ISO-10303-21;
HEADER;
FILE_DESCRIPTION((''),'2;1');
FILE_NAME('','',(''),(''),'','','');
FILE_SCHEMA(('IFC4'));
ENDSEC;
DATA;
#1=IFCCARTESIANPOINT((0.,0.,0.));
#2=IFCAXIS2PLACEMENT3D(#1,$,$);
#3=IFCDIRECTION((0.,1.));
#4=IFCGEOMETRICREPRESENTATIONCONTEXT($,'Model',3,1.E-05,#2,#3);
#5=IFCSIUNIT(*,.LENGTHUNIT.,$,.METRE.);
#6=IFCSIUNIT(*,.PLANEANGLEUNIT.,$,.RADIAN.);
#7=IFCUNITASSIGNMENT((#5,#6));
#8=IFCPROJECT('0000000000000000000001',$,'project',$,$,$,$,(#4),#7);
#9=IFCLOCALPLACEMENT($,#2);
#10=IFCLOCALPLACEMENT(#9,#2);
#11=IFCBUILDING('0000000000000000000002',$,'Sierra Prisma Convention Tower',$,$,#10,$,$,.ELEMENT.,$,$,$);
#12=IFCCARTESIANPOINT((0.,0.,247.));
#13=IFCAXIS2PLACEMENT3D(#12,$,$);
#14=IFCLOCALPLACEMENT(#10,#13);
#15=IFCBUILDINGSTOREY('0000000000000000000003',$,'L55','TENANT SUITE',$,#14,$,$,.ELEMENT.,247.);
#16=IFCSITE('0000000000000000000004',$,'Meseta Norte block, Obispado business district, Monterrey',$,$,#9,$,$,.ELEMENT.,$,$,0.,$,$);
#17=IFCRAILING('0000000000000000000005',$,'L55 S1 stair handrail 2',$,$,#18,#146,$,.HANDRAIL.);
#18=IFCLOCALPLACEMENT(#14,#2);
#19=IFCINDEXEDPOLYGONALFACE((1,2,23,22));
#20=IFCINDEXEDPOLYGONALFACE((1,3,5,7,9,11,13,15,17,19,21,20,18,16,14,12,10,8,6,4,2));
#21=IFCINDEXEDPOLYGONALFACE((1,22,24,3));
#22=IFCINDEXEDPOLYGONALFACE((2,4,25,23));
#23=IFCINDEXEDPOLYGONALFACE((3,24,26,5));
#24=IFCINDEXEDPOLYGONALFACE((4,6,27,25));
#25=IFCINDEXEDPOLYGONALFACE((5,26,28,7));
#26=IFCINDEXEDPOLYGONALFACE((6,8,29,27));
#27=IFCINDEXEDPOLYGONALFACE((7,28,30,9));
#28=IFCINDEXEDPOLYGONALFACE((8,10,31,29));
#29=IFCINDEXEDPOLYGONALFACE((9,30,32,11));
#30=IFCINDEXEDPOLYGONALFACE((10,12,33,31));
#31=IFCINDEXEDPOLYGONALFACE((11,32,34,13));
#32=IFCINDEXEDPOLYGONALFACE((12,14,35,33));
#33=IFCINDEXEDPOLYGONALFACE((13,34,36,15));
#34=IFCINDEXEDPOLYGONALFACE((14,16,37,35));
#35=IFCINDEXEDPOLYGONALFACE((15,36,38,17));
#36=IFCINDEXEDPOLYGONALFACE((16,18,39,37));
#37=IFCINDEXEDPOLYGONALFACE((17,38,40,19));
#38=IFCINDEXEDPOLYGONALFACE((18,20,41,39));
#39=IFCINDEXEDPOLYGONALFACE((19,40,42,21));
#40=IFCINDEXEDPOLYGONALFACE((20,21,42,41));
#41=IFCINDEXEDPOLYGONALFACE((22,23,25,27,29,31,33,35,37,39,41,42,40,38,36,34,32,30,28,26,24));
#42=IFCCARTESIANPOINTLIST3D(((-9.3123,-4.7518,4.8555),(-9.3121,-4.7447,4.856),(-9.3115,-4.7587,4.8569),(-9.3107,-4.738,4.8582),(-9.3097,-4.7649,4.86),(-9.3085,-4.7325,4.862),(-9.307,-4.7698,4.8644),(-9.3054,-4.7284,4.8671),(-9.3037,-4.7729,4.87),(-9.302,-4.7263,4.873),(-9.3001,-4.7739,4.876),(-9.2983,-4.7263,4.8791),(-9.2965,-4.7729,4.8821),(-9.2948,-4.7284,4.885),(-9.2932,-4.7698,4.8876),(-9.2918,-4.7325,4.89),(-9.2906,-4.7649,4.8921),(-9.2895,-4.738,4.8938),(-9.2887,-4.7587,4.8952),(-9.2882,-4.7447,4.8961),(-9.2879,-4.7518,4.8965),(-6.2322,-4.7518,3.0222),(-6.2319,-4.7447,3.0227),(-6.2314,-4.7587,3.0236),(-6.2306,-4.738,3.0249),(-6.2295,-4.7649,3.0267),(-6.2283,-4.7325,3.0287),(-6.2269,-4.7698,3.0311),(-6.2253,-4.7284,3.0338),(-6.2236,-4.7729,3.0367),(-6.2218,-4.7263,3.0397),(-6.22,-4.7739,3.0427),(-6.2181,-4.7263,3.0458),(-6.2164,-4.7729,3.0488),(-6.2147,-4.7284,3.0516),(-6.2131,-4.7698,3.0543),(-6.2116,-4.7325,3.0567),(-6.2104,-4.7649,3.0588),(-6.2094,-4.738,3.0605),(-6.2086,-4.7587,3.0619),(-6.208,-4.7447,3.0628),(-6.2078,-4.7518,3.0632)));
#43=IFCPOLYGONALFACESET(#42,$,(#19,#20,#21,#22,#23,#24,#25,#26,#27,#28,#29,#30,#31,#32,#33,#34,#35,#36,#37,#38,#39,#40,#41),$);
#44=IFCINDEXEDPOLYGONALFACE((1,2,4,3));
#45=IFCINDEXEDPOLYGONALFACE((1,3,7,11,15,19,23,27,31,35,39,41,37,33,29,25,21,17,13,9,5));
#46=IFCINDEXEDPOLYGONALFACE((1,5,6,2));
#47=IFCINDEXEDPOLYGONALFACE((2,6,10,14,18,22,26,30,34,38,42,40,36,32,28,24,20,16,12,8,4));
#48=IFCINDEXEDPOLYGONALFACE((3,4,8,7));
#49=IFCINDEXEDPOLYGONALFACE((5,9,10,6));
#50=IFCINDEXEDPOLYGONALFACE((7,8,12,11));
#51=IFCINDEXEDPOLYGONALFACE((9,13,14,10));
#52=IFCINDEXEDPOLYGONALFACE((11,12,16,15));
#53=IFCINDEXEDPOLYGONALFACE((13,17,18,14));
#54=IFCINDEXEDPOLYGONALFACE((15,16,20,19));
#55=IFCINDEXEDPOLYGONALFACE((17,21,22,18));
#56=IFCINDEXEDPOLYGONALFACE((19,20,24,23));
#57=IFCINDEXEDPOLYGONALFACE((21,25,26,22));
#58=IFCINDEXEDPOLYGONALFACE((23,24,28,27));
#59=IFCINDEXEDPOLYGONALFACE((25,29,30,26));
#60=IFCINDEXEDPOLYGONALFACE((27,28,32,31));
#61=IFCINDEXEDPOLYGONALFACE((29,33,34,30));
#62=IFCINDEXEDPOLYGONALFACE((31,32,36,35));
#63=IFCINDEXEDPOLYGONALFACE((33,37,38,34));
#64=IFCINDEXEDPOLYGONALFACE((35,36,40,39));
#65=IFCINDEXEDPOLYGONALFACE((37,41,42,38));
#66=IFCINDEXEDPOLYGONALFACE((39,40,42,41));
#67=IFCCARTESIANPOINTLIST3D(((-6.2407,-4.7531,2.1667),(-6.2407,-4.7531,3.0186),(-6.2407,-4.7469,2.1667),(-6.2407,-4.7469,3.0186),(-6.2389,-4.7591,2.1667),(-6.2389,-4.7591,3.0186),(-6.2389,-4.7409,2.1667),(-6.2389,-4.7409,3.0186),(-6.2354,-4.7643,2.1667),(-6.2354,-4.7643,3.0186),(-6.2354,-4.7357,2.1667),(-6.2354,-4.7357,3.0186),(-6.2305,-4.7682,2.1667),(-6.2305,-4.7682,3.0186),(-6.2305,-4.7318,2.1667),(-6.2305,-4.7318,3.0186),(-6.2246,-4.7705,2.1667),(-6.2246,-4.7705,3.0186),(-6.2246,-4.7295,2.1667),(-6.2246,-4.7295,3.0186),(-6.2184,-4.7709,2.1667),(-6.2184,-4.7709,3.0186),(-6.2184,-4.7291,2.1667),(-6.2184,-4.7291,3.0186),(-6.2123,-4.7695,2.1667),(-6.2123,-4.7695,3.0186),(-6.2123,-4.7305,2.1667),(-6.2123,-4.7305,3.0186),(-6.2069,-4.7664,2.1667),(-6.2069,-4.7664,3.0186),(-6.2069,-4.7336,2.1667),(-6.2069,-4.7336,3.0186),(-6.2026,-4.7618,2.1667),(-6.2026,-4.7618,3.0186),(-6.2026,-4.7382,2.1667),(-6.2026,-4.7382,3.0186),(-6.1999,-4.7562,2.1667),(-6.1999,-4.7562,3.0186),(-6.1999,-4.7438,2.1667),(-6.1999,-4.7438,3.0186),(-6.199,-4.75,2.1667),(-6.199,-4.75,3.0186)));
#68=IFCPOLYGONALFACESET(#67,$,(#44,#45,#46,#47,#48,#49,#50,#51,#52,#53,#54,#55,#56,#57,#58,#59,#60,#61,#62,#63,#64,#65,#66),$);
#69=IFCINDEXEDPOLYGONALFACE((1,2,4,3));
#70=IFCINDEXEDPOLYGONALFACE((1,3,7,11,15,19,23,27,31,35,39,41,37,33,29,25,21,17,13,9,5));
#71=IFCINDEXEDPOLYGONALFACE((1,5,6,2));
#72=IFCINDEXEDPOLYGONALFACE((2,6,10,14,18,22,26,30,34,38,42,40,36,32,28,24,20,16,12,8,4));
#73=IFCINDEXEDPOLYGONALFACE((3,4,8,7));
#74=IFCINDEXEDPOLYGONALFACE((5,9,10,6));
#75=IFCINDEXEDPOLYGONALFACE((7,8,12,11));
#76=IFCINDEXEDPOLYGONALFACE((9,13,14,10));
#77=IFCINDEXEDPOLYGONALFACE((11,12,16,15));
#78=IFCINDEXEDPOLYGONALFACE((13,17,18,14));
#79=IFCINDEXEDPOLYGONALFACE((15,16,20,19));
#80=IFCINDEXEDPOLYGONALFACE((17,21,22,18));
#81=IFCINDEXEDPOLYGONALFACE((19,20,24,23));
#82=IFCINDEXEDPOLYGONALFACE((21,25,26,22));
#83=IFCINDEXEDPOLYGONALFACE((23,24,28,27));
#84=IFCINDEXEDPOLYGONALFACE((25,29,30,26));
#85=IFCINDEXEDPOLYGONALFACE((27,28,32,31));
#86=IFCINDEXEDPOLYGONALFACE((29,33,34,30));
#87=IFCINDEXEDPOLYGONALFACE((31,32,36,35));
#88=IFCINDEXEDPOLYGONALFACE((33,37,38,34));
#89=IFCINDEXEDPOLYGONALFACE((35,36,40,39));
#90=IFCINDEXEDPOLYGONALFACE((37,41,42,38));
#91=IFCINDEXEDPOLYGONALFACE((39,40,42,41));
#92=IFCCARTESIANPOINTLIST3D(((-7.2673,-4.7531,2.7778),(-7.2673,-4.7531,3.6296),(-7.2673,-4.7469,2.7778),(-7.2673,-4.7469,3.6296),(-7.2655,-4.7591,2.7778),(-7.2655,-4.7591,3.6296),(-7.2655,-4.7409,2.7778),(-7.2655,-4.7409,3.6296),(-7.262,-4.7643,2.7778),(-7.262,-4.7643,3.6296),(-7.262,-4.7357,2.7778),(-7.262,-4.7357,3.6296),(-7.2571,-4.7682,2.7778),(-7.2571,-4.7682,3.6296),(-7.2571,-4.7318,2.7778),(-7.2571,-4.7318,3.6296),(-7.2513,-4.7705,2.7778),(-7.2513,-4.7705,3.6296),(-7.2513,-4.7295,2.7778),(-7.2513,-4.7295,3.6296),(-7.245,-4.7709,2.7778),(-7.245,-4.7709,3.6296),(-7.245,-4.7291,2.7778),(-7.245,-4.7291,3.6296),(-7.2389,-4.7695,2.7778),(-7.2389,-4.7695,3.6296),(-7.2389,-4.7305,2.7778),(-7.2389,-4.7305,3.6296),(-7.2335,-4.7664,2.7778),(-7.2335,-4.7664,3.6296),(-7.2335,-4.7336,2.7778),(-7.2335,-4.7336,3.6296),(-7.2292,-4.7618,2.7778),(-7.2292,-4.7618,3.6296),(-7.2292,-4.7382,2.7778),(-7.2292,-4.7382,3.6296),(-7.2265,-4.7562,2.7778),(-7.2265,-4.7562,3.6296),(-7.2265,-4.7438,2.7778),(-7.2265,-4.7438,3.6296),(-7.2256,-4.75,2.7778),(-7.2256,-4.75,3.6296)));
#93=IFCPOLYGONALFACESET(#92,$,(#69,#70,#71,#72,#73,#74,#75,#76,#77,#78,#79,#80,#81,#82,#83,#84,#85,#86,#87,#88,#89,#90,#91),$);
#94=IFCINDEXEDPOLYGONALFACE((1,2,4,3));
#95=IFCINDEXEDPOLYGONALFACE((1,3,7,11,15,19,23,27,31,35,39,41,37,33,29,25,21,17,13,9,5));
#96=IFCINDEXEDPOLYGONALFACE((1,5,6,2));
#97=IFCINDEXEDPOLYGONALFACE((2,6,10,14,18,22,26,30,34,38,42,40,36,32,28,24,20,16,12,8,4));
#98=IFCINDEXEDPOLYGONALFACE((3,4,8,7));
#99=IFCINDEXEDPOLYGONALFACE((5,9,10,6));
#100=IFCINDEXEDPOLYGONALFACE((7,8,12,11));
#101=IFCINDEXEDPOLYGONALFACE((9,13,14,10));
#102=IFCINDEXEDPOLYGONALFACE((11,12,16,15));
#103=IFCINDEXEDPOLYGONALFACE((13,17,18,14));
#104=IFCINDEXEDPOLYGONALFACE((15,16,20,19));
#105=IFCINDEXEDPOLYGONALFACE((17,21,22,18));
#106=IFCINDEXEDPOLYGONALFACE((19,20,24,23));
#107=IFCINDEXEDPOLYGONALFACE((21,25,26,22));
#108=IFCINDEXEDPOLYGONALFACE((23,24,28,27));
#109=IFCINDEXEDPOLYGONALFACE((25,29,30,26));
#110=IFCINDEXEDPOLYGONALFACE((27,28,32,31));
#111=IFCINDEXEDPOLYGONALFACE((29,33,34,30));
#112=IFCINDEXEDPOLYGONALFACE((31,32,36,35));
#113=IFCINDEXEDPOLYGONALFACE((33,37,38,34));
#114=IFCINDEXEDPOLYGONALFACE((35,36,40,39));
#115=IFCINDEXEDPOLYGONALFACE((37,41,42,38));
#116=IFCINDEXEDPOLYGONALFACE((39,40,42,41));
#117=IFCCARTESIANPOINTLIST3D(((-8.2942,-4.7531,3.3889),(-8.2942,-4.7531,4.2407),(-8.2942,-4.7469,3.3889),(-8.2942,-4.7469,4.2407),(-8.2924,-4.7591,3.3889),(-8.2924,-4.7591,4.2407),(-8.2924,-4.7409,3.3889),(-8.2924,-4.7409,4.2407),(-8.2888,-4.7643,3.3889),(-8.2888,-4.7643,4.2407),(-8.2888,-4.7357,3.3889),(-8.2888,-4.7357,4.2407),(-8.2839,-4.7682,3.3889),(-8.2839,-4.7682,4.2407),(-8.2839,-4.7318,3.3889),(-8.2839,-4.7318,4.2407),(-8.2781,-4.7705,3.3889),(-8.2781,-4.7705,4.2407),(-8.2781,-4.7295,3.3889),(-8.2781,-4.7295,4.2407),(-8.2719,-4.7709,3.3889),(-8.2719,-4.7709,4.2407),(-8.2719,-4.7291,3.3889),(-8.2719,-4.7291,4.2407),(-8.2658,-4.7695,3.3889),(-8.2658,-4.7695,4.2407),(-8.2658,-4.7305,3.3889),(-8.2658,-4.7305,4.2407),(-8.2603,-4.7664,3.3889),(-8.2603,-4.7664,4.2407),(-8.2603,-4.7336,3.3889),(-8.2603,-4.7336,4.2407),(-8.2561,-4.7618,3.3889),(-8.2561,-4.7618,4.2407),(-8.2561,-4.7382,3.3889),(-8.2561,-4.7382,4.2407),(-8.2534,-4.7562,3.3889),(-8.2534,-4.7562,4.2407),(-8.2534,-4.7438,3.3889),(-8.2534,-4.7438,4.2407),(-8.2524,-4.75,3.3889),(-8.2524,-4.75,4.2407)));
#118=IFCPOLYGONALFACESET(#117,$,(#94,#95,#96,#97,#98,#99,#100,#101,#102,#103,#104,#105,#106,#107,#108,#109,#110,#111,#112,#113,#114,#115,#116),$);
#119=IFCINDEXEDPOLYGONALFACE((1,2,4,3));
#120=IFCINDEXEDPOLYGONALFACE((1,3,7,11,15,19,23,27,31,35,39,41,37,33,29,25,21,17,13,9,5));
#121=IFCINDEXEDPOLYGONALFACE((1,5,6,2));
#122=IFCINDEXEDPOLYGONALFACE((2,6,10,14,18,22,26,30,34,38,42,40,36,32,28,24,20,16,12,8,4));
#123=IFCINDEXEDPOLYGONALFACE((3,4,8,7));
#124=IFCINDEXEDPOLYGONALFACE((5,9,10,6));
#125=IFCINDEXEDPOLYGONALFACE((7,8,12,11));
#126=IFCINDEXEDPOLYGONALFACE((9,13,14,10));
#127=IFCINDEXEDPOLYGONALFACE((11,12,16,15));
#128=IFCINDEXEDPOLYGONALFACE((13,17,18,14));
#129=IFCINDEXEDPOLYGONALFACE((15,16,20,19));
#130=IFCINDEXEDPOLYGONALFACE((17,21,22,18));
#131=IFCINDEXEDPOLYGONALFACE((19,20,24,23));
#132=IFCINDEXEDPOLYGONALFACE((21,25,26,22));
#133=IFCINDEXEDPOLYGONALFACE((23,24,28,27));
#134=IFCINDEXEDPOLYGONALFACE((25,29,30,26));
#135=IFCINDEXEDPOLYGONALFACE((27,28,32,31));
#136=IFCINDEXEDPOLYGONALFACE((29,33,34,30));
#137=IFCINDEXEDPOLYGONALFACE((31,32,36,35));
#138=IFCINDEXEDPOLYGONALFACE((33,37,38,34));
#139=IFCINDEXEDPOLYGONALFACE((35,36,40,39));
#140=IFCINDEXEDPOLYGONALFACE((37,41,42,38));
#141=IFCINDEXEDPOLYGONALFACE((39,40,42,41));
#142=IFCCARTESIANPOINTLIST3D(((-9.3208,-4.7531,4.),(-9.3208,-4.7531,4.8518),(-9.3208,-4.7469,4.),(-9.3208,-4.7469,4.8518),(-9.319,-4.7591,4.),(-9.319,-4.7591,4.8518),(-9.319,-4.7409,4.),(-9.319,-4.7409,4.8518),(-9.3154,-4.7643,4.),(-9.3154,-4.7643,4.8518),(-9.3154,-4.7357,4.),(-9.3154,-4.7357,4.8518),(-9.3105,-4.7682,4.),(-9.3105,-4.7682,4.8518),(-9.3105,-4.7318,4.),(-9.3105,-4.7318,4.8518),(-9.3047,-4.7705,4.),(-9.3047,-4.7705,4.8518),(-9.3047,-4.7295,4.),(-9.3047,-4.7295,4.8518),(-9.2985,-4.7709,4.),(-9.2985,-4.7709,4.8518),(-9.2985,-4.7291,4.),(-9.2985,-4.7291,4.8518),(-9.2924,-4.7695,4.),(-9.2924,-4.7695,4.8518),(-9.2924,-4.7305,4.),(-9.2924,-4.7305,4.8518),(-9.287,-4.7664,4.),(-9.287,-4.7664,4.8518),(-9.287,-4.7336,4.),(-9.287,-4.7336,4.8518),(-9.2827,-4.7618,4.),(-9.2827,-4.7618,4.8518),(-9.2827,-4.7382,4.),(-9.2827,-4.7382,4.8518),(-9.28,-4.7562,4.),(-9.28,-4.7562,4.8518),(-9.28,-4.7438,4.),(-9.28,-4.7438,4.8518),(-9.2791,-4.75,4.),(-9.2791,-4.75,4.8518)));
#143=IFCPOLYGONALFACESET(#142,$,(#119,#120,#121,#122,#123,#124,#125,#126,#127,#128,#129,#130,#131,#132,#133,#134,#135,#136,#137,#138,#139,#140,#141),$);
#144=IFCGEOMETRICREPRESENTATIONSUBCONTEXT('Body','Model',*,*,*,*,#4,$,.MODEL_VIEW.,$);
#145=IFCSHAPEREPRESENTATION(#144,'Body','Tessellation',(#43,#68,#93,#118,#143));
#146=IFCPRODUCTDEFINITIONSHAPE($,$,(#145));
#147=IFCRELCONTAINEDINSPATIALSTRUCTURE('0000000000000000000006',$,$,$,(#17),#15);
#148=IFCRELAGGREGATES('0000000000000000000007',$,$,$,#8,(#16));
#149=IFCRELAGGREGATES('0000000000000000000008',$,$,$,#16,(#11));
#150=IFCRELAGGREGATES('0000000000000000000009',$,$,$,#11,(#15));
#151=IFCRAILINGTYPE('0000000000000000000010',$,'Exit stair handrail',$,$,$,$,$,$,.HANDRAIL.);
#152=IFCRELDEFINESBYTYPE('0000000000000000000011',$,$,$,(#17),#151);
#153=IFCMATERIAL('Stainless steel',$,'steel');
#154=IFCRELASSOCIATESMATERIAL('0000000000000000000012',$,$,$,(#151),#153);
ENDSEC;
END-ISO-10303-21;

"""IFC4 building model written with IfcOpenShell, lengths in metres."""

from ifc_helpers import new_model, si_unit, direction, frame, origin, origin_2d, place, context, subcontext, project, spatial, circle, extrude, material, type_object, element, save


model = new_model("IFC4")

# Units and contexts
model_context = context("Model", 3, precision=1e-05, world=origin(), true_north=direction((0.0, 1.0)))
body_context = subcontext(model_context, "Body", "Model", "MODEL_VIEW")
ifc_project = project(units=[si_unit("LENGTHUNIT", "METRE"), si_unit("PLANEANGLEUNIT", "RADIAN")], contexts=[model_context])

# Site, building, storey
site_placement = place(None, origin())
site = spatial("IfcSite", under=ifc_project, at=site_placement, Name="Meseta Norte block, Obispado business district, Monterrey", CompositionType="ELEMENT", RefElevation=0.0)
building_placement = place(site_placement, origin())
building = spatial("IfcBuilding", under=site, at=building_placement, Name="Sierra Prisma Convention Tower", CompositionType="ELEMENT")
storey_placement = place(building_placement, frame((0.0, 0.0, 247.0)))
storey = spatial("IfcBuildingStorey", under=building, at=storey_placement, Name="L55", Description="TENANT SUITE", CompositionType="ELEMENT", Elevation=247.0)

# Railing
ifc_material_1 = material(Name="Stainless steel", Category="steel")
railing_type_1 = type_object("IfcRailingType", Name="Exit stair handrail", PredefinedType="HANDRAIL", material=ifc_material_1)
railing_1_placement = place(storey_placement, frame((-6.22, -4.75, 2.1667)))
element("IfcRailing", 1, at=railing_1_placement, inside=storey, type_object=railing_type_1, Name="L55 S1 stair handrail 2", PredefinedType="HANDRAIL", context=body_context, shape_type="SweptSolid", body=[
    extrude(circle(Radius=0.0239, at=origin_2d()), frame((0.0, 0.0, 0.876), z_axis=(-0.859309, 0.0, 0.511458), x_axis=(0.0, -1.0, 0.0)), (0.0, 0.0, 1.0), 3.5845),
    extrude(circle(Radius=0.021, at=origin_2d()), origin(), (0.0, 0.0, 1.0), 0.8518),
    extrude(circle(Radius=0.021, at=origin_2d()), frame((-1.0266, 0.0, 0.6111)), (0.0, 0.0, 1.0), 0.8518),
    extrude(circle(Radius=0.021, at=origin_2d()), frame((-2.0535, 0.0, 1.2222)), (0.0, 0.0, 1.0), 0.8518),
    extrude(circle(Radius=0.021, at=origin_2d()), frame((-3.0801, 0.0, 1.8333)), (0.0, 0.0, 1.0), 0.8518),
])

save(model, "model.ifc")
